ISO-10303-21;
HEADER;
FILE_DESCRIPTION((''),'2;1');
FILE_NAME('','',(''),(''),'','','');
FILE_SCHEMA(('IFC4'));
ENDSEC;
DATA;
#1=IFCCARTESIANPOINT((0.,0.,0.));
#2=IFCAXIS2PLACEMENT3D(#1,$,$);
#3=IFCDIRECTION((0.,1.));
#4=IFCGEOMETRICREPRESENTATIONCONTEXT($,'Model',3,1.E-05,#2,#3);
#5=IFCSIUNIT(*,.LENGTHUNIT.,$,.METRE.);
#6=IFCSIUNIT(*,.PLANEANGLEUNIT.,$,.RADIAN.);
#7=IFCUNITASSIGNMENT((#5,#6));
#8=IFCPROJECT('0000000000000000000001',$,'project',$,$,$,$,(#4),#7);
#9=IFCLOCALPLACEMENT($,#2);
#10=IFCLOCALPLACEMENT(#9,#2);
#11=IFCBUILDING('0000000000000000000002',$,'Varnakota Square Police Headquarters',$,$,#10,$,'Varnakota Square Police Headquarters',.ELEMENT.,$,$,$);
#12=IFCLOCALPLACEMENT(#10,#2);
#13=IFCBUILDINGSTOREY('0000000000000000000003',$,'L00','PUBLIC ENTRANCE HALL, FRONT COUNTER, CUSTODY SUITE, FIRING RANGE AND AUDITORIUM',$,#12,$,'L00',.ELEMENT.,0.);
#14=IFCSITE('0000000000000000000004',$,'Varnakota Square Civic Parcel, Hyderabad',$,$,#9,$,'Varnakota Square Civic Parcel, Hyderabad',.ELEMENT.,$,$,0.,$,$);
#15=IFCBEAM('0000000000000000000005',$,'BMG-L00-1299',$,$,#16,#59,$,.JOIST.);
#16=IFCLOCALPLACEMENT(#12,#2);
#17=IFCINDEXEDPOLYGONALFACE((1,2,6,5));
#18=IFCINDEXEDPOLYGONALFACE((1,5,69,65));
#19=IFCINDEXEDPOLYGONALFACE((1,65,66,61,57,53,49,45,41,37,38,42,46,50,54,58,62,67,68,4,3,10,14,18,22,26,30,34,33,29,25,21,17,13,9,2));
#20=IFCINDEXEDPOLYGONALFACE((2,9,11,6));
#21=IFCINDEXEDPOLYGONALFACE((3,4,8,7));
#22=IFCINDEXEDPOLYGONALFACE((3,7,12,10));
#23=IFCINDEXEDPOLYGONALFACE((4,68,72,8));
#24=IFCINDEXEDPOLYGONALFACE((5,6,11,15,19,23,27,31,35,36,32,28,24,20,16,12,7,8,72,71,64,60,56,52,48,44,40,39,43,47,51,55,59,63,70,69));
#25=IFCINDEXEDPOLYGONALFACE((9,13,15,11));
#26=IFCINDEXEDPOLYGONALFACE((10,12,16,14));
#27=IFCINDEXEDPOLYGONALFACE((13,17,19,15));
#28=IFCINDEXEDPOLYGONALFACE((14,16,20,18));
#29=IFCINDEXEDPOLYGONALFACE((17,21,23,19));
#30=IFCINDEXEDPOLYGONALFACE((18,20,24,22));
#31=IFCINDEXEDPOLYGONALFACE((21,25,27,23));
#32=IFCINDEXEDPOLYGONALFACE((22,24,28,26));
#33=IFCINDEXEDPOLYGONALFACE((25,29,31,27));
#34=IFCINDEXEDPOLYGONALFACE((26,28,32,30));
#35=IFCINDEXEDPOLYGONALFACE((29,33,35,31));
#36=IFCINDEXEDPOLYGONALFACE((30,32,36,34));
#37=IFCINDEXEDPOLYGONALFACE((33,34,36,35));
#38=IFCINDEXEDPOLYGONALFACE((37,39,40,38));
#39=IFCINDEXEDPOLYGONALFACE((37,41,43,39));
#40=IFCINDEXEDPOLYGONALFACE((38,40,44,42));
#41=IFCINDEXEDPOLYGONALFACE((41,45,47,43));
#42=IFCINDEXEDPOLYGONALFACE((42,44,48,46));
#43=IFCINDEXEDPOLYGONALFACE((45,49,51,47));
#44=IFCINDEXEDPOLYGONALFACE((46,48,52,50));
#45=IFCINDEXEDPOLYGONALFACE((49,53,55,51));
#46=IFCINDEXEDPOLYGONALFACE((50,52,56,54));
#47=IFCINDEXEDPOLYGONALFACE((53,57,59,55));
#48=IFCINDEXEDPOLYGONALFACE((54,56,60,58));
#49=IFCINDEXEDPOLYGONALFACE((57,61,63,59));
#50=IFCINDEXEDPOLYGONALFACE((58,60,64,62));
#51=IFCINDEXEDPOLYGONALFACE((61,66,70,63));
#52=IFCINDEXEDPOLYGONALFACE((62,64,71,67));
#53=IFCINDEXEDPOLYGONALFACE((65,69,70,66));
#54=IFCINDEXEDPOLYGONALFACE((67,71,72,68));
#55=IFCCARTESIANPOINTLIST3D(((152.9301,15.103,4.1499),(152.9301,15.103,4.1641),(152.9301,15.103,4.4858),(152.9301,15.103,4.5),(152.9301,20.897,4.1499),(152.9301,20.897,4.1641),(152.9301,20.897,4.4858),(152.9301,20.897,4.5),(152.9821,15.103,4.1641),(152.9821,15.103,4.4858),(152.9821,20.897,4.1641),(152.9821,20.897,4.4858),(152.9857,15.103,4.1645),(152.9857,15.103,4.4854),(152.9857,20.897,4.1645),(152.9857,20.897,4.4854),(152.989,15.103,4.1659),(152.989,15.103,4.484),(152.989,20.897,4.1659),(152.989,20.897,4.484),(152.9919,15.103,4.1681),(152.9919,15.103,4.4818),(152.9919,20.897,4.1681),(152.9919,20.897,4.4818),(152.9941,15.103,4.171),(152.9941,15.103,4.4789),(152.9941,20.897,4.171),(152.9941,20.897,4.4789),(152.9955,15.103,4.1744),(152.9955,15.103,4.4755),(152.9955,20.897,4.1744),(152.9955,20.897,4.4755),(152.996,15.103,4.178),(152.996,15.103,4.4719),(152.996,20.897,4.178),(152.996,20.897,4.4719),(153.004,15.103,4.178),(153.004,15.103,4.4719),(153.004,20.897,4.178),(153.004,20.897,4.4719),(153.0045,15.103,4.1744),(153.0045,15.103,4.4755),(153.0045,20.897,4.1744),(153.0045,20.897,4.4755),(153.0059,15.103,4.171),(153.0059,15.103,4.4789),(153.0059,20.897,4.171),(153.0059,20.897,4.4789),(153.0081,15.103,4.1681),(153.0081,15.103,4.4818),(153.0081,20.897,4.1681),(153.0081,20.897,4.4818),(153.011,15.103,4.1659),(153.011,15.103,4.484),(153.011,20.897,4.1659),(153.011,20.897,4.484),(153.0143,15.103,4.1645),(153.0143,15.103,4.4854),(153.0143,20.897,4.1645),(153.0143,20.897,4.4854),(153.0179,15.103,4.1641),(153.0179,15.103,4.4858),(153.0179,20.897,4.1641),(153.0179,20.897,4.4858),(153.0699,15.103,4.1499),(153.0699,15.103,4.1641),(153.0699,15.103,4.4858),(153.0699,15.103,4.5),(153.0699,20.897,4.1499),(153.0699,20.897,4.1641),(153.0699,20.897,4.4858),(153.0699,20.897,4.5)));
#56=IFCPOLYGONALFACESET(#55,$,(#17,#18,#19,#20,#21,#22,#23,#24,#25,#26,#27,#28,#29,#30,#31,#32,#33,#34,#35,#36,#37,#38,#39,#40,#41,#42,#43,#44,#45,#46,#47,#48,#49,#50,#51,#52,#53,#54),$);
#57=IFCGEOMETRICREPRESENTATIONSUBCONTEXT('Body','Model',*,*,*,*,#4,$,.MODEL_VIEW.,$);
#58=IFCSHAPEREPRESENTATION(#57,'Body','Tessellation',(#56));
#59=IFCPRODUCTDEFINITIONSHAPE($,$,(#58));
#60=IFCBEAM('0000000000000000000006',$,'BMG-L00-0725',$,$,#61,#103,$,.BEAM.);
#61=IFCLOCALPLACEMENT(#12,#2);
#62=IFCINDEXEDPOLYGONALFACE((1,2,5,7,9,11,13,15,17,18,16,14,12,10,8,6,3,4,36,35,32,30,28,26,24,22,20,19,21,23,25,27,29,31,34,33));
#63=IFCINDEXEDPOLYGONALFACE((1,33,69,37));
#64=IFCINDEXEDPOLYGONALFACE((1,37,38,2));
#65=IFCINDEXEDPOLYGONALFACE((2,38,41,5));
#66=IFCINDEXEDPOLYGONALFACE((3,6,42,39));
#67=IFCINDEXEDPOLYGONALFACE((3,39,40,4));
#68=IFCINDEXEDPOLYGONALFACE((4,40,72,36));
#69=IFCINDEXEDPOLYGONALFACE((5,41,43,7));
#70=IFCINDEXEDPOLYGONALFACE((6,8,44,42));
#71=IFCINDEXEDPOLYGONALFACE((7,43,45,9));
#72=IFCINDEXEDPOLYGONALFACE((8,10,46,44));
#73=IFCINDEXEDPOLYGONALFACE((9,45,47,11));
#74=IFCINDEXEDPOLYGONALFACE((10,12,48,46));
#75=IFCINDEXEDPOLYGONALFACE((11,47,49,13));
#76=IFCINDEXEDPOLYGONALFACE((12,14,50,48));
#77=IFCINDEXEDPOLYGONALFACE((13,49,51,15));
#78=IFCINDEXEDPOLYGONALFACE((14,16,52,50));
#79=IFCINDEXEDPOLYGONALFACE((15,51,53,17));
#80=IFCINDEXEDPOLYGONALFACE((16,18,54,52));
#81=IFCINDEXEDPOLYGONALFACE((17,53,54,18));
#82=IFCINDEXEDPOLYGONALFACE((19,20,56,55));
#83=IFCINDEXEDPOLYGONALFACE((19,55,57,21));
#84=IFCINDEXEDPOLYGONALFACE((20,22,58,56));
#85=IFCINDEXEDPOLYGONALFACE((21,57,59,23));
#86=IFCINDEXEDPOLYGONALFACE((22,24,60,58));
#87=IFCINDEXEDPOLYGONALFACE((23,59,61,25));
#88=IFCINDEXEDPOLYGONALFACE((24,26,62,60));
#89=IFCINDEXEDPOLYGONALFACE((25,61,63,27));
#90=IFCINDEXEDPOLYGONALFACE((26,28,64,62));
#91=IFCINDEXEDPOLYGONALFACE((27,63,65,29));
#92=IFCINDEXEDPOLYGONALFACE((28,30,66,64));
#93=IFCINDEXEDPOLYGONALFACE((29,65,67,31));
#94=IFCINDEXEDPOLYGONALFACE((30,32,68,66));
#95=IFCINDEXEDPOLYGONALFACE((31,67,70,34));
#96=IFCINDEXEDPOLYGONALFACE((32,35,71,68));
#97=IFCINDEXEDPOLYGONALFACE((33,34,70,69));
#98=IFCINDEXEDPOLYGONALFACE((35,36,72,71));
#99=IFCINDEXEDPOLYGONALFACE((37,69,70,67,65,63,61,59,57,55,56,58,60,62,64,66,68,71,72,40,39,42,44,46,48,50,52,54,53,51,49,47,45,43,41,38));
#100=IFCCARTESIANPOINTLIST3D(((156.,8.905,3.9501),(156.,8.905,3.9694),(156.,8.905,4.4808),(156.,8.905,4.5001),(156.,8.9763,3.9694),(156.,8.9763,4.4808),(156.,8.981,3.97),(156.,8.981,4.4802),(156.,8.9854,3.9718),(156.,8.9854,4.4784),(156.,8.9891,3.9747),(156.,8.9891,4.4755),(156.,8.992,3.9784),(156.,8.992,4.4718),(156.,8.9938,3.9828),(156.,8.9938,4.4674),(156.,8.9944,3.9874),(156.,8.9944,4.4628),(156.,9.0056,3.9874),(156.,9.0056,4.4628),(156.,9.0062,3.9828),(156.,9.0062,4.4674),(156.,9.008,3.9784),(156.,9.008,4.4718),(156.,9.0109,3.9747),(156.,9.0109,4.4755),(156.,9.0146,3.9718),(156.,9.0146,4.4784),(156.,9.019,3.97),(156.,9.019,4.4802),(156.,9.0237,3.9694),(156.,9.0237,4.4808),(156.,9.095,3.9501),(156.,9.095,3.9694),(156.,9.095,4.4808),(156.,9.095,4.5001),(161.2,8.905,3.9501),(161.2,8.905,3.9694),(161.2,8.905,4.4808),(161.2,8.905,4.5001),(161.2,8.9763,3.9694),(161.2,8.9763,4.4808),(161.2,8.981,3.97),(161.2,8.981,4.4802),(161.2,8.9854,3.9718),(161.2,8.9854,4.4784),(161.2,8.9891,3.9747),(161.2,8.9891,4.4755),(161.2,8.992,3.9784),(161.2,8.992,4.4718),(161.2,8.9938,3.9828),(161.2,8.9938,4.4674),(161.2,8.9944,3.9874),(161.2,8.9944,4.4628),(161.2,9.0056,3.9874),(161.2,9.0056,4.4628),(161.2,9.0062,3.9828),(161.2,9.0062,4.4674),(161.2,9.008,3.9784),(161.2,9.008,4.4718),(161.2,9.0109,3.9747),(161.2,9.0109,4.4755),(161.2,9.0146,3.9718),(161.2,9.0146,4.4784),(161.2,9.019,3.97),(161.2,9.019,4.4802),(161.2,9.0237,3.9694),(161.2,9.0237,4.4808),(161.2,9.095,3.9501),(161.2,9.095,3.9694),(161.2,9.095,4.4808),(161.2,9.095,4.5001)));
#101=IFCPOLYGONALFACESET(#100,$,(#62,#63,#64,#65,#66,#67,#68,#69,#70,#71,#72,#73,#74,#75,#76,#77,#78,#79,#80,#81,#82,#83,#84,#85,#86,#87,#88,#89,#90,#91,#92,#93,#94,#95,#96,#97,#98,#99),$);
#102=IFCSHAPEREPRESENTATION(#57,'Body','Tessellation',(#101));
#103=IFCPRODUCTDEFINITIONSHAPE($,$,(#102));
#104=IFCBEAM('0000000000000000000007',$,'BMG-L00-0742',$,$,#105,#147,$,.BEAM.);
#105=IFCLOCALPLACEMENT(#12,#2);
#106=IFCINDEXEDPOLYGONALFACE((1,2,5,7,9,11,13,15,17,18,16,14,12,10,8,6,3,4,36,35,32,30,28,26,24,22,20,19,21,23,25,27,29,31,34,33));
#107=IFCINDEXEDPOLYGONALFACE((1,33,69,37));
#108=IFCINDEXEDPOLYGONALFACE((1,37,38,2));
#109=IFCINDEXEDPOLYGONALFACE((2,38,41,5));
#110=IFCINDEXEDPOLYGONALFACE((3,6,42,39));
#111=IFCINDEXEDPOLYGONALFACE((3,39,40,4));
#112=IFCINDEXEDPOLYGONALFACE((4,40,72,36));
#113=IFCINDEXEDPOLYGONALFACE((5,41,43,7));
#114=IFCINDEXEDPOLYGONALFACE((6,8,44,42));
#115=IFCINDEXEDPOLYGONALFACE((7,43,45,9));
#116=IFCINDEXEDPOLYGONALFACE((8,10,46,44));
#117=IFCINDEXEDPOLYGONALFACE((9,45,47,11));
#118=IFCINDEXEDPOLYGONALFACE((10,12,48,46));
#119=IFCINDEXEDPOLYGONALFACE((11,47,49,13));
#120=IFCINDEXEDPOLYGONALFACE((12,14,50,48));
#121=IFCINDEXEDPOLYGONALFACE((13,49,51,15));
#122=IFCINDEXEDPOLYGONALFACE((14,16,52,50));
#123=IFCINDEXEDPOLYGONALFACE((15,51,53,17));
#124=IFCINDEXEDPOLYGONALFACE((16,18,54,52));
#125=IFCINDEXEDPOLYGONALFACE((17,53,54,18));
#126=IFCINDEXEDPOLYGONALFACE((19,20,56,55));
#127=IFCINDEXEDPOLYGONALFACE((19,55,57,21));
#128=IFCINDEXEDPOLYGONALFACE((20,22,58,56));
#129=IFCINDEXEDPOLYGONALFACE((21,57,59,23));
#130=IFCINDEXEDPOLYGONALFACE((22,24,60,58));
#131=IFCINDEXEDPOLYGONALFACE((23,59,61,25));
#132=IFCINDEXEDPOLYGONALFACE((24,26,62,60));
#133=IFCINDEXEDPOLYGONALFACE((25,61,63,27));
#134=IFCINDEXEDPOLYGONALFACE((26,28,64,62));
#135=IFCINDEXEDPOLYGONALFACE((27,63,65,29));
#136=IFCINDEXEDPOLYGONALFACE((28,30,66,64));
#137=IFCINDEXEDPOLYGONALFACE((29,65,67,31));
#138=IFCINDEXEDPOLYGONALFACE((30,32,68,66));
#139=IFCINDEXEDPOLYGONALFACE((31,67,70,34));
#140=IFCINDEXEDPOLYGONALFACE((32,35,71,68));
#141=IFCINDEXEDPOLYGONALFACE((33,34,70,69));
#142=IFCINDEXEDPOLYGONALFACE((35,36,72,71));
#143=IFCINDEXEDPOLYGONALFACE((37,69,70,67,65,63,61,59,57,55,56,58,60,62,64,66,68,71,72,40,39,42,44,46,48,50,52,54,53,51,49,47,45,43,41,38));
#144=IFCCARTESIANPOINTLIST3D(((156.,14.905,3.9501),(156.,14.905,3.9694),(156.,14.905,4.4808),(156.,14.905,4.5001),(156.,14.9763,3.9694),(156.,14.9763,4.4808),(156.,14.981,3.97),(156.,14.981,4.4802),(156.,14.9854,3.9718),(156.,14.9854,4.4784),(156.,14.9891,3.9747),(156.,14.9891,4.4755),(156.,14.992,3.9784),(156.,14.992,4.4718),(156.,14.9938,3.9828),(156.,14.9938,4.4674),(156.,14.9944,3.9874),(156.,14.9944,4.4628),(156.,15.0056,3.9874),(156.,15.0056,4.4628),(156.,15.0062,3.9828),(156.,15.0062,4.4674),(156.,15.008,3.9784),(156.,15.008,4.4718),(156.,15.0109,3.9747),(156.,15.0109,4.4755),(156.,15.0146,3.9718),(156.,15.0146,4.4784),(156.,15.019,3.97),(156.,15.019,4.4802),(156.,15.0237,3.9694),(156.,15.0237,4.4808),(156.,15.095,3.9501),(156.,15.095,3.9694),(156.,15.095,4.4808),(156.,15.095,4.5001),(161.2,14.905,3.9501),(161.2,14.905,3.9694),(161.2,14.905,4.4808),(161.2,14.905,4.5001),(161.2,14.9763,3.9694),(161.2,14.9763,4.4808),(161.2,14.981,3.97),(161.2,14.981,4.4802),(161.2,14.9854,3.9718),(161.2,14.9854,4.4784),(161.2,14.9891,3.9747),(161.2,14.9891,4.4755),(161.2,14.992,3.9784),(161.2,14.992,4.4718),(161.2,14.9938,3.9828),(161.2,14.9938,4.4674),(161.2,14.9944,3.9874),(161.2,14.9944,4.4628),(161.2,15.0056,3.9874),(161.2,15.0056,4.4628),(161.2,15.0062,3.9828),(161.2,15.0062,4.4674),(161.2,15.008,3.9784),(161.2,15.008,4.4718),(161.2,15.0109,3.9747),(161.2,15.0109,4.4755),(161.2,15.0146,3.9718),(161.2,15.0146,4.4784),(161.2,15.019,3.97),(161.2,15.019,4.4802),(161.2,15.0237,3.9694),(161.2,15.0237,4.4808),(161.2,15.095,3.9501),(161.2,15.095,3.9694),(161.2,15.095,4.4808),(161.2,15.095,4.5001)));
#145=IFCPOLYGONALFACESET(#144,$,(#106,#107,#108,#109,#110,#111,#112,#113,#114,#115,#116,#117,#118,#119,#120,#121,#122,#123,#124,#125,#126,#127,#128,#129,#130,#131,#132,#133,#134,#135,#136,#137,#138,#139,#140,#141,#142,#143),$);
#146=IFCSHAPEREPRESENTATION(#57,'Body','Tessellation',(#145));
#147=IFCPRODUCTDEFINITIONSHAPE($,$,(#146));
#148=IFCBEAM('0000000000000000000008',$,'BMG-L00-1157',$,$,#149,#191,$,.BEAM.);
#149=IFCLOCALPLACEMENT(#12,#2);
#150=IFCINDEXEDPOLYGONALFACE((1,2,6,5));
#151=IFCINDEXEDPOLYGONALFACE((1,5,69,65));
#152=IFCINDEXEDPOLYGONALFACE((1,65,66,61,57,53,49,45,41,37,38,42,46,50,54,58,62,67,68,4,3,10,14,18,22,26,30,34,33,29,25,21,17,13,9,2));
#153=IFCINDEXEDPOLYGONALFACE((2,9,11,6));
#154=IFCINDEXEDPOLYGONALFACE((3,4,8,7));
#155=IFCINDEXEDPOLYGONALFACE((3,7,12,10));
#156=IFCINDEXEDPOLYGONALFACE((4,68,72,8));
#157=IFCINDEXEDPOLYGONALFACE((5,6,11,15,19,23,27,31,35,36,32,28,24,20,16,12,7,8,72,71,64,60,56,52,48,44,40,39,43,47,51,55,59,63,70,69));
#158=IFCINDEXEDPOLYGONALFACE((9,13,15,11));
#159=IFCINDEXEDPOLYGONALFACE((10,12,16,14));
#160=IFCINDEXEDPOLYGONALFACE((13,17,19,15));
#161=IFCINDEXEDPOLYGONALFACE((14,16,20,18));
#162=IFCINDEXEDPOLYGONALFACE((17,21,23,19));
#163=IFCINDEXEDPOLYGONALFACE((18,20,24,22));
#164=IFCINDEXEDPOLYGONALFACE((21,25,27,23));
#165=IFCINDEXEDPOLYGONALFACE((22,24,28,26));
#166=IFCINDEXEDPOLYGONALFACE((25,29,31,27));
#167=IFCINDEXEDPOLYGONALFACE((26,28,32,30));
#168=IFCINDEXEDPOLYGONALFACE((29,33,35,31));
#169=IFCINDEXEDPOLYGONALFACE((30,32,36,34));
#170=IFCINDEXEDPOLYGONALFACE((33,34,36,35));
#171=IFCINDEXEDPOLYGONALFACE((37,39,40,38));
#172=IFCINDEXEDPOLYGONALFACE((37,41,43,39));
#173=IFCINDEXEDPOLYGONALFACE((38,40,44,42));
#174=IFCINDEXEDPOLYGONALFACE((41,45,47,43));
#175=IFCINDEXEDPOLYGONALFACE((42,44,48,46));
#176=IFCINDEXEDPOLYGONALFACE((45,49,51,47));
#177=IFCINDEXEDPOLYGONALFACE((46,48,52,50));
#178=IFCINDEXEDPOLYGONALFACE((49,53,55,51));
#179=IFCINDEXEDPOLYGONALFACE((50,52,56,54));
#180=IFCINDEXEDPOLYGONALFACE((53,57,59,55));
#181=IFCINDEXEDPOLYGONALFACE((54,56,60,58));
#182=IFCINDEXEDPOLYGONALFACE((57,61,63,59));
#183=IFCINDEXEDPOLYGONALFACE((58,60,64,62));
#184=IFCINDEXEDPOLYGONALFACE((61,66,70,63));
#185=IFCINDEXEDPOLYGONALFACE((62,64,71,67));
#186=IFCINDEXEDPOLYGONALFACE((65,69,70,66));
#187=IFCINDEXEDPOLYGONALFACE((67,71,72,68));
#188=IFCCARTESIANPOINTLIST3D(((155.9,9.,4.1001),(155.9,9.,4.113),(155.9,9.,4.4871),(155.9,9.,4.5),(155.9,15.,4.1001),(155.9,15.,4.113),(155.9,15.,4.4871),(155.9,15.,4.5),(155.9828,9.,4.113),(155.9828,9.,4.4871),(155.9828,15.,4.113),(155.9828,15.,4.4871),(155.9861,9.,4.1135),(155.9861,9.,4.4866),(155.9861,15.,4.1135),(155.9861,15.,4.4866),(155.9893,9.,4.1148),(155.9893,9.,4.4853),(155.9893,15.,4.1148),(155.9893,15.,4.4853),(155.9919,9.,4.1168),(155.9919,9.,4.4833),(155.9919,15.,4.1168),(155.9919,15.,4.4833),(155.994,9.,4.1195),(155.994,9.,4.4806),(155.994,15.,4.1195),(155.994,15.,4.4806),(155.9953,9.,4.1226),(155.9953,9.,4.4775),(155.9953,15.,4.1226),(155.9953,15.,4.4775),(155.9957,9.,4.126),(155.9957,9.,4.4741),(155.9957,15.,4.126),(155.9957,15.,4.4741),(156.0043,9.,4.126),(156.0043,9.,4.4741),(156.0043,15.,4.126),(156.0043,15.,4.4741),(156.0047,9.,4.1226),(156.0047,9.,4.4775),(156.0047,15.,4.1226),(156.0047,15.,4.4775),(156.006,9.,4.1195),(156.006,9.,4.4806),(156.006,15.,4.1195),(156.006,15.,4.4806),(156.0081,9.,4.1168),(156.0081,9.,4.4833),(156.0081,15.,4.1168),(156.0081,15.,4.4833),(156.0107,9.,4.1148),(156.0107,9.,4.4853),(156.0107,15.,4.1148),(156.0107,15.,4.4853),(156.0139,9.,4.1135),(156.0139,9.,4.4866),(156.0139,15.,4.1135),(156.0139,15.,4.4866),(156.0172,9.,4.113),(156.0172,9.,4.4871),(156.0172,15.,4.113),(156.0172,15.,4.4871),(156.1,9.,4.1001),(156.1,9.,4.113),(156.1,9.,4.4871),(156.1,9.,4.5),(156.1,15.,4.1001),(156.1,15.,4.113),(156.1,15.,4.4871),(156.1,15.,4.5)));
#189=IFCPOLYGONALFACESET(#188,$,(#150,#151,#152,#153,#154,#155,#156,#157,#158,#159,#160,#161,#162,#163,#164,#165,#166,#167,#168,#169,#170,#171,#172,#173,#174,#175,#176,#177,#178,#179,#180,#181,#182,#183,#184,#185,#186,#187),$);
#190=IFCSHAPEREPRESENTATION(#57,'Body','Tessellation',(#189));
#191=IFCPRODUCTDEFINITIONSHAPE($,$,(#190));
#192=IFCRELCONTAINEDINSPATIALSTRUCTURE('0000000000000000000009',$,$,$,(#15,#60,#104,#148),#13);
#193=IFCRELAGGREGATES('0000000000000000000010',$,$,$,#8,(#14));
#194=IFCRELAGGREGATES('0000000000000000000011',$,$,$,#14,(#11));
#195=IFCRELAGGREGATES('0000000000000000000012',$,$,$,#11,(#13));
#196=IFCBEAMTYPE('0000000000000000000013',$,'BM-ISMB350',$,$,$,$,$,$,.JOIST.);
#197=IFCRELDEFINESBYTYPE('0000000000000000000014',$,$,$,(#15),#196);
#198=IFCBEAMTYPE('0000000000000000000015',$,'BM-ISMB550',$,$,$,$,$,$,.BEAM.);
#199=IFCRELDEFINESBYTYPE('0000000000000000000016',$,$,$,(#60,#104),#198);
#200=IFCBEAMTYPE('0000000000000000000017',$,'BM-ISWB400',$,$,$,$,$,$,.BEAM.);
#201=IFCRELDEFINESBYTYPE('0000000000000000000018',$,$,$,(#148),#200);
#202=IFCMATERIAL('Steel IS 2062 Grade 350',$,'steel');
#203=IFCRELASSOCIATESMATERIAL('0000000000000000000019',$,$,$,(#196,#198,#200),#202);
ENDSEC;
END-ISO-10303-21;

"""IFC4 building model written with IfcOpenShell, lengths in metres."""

from ifc_helpers import new_model, si_unit, direction, frame, origin, origin_2d, place, context, subcontext, project, spatial, i_section, extrude, material, material_profile, profile_set, type_object, element, save


model = new_model("IFC4")

# Units and contexts
model_context = context("Model", 3, precision=1e-05, world=origin(), true_north=direction((0.0, 1.0)))
body_context = subcontext(model_context, "Body", "Model", "MODEL_VIEW")
ifc_project = project(units=[si_unit("LENGTHUNIT", "METRE"), si_unit("PLANEANGLEUNIT", "RADIAN")], contexts=[model_context])

# Site, building, storey
site_placement = place(None, origin())
site = spatial("IfcSite", under=ifc_project, at=site_placement, Name="Varnakota Square Civic Parcel, Hyderabad", LongName="Varnakota Square Civic Parcel, Hyderabad", CompositionType="ELEMENT", RefElevation=0.0)
building_placement = place(site_placement, origin())
building = spatial("IfcBuilding", under=site, at=building_placement, Name="Varnakota Square Police Headquarters", LongName="Varnakota Square Police Headquarters", CompositionType="ELEMENT")
storey_placement = place(building_placement, origin())
storey = spatial("IfcBuildingStorey", under=building, at=storey_placement, Name="L00", Description="PUBLIC ENTRANCE HALL, FRONT COUNTER, CUSTODY SUITE, FIRING RANGE AND AUDITORIUM", LongName="L00", CompositionType="ELEMENT", Elevation=0.0)

# Beams
ifc_material_1 = material(Name="Steel IS 2062 Grade 350", Category="steel")
ifc_material_profile_1 = material_profile(ifc_material_1, i_section(OverallWidth=0.1399, OverallDepth=0.3501, WebThickness=0.0081, FlangeThickness=0.0142, FilletRadius=0.0139, at=origin_2d()), Name="ISMB 350")
ifc_profile_set_1 = profile_set([ifc_material_profile_1], Name="Steel IS 2062 Grade 350")
beam_type_1 = type_object("IfcBeamType", Name="BM-ISMB350", PredefinedType="JOIST", material=ifc_profile_set_1)
beam_placement = place(storey_placement, frame((153.0, 15.103, 4.325), z_axis=(0.0, 1.0, 0.0), x_axis=(-1.0, 0.0, 0.0)))
element("IfcBeam", 1, at=beam_placement, inside=storey, type_object=beam_type_1, Name="BMG-L00-1299", PredefinedType="JOIST", context=body_context, shape_type="SweptSolid", body=[
    extrude(i_section(OverallWidth=0.1399, OverallDepth=0.3501, WebThickness=0.0081, FlangeThickness=0.0142, FilletRadius=0.0139, at=origin_2d()), origin(), (0.0, 0.0, 1.0), 5.7939),
])
ifc_material_profile_2 = material_profile(ifc_material_1, i_section(OverallWidth=0.1899, OverallDepth=0.55, WebThickness=0.0112, FlangeThickness=0.0193, FilletRadius=0.0181, at=origin_2d()), Name="ISMB 550")
ifc_profile_set_2 = profile_set([ifc_material_profile_2], Name="Steel IS 2062 Grade 350")
beam_type_2 = type_object("IfcBeamType", Name="BM-ISMB550", PredefinedType="BEAM", material=ifc_profile_set_2)
for number, where, z_axis, x_axis, name in (
    (2, (156.0, 9.0, 4.2251), (1.0, 0.0, 0.0), (0.0, 1.0, 0.0), "BMG-L00-0725"),
    (3, (156.0, 15.0, 4.2251), (1.0, 0.0, 0.0), (0.0, 1.0, 0.0), "BMG-L00-0742"),
):
    element("IfcBeam", number, at=place(storey_placement, frame(where, z_axis=z_axis, x_axis=x_axis)), inside=storey, type_object=beam_type_2, Name=name, PredefinedType="BEAM", context=body_context, shape_type="SweptSolid", body=[
        extrude(i_section(OverallWidth=0.1899, OverallDepth=0.55, WebThickness=0.0112, FlangeThickness=0.0193, FilletRadius=0.0181, at=origin_2d()), origin(), (0.0, 0.0, 1.0), 5.2),
    ])
ifc_material_profile_3 = material_profile(ifc_material_1, i_section(OverallWidth=0.2, OverallDepth=0.3999, WebThickness=0.0085, FlangeThickness=0.0129, FilletRadius=0.0129, at=origin_2d()), Name="ISWB 400")
ifc_profile_set_3 = profile_set([ifc_material_profile_3], Name="Steel IS 2062 Grade 350")
beam_type_3 = type_object("IfcBeamType", Name="BM-ISWB400", PredefinedType="BEAM", material=ifc_profile_set_3)
for number, where, z_axis, x_axis, name in (
    (4, (156.0, 9.0, 4.3), (0.0, 1.0, 0.0), (-1.0, 0.0, 0.0), "BMG-L00-1157"),
):
    element("IfcBeam", number, at=place(storey_placement, frame(where, z_axis=z_axis, x_axis=x_axis)), inside=storey, type_object=beam_type_3, Name=name, PredefinedType="BEAM", context=body_context, shape_type="SweptSolid", body=[
        extrude(i_section(OverallWidth=0.2, OverallDepth=0.3999, WebThickness=0.0085, FlangeThickness=0.0129, FilletRadius=0.0129, at=origin_2d()), origin(), (0.0, 0.0, 1.0), 6.0),
    ])

save(model, "model.ifc")
